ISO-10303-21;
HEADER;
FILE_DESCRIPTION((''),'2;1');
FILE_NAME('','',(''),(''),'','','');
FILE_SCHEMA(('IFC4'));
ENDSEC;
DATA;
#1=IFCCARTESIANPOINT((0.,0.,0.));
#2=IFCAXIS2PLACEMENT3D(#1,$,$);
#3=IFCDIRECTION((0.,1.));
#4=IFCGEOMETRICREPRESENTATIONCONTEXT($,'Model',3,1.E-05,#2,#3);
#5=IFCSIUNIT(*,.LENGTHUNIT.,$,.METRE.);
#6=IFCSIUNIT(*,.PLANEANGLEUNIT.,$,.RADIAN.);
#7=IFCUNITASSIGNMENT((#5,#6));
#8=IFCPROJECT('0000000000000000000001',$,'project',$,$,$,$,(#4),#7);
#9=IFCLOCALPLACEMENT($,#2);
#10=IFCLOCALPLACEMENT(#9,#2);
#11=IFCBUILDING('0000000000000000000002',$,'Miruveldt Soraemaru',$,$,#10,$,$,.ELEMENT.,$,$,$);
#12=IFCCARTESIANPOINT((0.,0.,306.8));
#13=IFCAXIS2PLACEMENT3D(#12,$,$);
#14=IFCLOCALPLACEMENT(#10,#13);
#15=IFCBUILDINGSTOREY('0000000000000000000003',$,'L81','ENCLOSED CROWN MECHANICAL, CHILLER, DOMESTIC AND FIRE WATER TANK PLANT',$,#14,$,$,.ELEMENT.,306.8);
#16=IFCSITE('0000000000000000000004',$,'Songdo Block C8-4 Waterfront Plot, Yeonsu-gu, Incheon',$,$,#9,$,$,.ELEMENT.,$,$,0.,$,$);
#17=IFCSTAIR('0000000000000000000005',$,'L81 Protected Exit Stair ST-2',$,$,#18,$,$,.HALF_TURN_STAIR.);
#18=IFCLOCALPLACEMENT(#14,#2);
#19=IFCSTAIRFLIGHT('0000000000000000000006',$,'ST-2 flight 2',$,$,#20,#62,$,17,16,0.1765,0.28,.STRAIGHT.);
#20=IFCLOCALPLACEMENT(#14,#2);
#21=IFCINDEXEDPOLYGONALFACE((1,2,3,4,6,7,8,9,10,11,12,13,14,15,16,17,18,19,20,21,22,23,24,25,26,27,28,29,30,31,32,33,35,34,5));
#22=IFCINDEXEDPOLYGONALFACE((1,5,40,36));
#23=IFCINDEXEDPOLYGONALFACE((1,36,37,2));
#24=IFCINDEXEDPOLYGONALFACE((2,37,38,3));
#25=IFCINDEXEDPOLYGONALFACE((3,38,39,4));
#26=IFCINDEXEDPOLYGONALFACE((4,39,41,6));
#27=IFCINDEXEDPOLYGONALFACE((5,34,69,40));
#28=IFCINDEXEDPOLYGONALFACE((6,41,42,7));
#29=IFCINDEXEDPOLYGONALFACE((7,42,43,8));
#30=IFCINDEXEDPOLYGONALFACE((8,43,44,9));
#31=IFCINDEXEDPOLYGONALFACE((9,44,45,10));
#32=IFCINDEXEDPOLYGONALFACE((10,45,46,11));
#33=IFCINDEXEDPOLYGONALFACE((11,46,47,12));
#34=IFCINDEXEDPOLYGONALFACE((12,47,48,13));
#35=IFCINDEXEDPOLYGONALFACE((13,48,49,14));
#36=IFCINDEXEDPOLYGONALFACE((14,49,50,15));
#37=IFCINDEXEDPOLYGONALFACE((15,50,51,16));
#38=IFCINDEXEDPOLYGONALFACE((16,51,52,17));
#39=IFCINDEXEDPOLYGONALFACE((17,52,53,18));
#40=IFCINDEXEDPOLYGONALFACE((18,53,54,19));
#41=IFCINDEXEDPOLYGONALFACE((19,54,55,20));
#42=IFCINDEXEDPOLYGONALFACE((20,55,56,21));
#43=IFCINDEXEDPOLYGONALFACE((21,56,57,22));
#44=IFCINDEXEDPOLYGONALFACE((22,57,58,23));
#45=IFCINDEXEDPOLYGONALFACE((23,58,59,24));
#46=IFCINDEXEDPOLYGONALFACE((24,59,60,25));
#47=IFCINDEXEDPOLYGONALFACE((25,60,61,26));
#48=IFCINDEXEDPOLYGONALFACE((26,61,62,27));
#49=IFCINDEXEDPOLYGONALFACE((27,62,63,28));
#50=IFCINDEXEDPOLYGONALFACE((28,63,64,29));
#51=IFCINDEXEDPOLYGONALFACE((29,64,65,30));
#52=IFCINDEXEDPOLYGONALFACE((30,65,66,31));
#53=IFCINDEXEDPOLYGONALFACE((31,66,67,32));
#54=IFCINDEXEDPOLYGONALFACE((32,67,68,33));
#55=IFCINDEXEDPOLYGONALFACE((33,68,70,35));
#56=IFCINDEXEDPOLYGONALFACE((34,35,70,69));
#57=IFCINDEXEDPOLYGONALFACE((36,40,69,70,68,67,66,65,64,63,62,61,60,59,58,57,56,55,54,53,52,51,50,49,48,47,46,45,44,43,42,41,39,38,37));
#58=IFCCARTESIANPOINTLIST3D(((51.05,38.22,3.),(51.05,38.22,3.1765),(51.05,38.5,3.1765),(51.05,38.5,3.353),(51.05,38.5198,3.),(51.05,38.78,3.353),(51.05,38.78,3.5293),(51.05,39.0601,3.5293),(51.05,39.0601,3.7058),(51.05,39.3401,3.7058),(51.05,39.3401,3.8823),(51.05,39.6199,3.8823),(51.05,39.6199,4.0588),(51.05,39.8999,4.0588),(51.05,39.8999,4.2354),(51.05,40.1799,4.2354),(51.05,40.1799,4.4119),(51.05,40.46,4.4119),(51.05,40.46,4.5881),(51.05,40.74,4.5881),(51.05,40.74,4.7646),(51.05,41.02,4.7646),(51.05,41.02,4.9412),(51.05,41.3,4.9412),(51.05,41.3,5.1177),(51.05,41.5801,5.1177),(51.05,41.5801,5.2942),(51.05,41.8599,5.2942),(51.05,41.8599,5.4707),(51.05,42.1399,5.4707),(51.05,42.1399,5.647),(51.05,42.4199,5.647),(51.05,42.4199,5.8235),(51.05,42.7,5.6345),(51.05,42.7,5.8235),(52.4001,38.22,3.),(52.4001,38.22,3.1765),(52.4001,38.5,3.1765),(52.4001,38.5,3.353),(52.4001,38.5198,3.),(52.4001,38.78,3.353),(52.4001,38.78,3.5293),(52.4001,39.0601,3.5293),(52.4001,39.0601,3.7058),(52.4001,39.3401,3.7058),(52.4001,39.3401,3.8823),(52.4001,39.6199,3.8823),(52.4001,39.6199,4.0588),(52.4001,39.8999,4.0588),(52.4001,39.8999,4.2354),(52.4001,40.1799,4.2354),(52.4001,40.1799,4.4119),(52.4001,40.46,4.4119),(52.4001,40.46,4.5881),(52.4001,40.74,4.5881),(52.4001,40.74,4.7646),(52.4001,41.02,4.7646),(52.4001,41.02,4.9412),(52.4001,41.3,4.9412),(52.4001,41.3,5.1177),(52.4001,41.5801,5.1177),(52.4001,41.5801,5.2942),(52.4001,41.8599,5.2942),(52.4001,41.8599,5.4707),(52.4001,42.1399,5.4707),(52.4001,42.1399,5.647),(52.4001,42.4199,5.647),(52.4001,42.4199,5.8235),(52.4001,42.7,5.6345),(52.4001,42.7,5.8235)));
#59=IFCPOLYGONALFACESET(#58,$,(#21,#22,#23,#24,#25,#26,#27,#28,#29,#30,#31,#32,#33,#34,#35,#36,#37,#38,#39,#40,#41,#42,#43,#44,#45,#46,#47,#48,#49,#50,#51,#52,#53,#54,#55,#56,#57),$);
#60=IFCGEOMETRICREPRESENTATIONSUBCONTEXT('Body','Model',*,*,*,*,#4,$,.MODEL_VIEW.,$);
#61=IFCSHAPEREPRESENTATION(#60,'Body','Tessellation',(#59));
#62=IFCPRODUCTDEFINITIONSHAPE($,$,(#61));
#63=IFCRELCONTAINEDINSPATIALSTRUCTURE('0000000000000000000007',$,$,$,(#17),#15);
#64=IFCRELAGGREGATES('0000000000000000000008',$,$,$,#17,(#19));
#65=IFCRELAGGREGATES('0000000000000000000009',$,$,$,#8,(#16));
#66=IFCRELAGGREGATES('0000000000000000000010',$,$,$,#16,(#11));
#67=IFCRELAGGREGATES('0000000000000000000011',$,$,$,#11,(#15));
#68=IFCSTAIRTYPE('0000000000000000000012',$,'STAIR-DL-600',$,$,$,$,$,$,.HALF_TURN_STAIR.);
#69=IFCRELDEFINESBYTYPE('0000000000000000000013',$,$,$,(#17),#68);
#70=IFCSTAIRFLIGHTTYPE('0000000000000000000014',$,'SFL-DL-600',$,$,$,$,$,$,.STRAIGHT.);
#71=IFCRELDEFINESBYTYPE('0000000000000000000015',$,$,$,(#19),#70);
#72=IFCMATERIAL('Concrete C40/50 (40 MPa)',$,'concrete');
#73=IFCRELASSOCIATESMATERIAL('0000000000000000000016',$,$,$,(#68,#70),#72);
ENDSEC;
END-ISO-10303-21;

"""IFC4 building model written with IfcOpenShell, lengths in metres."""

from ifc_helpers import new_model, si_unit, direction, frame, origin, place, context, subcontext, project, spatial, polyline, outline, extrude, material, type_object, element, aggregate, save


model = new_model("IFC4")

# Units and contexts
model_context = context("Model", 3, precision=1e-05, world=origin(), true_north=direction((0.0, 1.0)))
body_context = subcontext(model_context, "Body", "Model", "MODEL_VIEW")
ifc_project = project(units=[si_unit("LENGTHUNIT", "METRE"), si_unit("PLANEANGLEUNIT", "RADIAN")], contexts=[model_context])

# Site, building, storey
site_placement = place(None, origin())
site = spatial("IfcSite", under=ifc_project, at=site_placement, Name="Songdo Block C8-4 Waterfront Plot, Yeonsu-gu, Incheon", CompositionType="ELEMENT", RefElevation=0.0)
building_placement = place(site_placement, origin())
building = spatial("IfcBuilding", under=site, at=building_placement, Name="Miruveldt Soraemaru", CompositionType="ELEMENT")
storey_placement = place(building_placement, frame((0.0, 0.0, 306.8)))
storey = spatial("IfcBuildingStorey", under=building, at=storey_placement, Name="L81", Description="ENCLOSED CROWN MECHANICAL, CHILLER, DOMESTIC AND FIRE WATER TANK PLANT", CompositionType="ELEMENT", Elevation=306.8)

# Shared definitions
ifc_material_1 = material(Name="Concrete C40/50 (40 MPa)", Category="concrete")

# Stair, stair flight
stair_type = type_object("IfcStairType", Name="STAIR-DL-600", PredefinedType="HALF_TURN_STAIR", material=ifc_material_1)
stair_placement = place(storey_placement, origin())
stair = element("IfcStair", 1, at=stair_placement, inside=storey, type_object=stair_type, Name="L81 Protected Exit Stair ST-2", PredefinedType="HALF_TURN_STAIR")
stair_flight_type = type_object("IfcStairFlightType", Name="SFL-DL-600", PredefinedType="STRAIGHT", material=ifc_material_1)
stair_flight_placement = place(storey_placement, frame((51.7251, 38.22, 3.0), z_axis=(0.0, 0.0, 1.0), x_axis=(0.0, 1.0, 0.0)))
stair_flight = element("IfcStairFlight", 2, at=stair_flight_placement, type_object=stair_flight_type, Name="ST-2 flight 2", NumberOfRisers=17, NumberOfTreads=16, PredefinedType="STRAIGHT", RiserHeight=0.1765, TreadLength=0.28, context=body_context, shape_type="SweptSolid", body=[
    extrude(outline(polyline([(0.0, 0.0), (0.0, 0.1765), (0.28, 0.1765), (0.28, 0.353), (0.5601, 0.353), (0.5601, 0.5293), (0.8401, 0.5293), (0.8401, 0.7058), (1.1201, 0.7058), (1.1201, 0.8823), (1.3999, 0.8823), (1.3999, 1.0588), (1.6799, 1.0588), (1.6799, 1.2354), (1.96, 1.2354), (1.96, 1.4119), (2.24, 1.4119), (2.24, 1.5881), (2.52, 1.5881), (2.52, 1.7646), (2.8, 1.7646), (2.8, 1.9412), (3.0801, 1.9412), (3.0801, 2.1177), (3.3601, 2.1177), (3.3601, 2.2942), (3.6399, 2.2942), (3.6399, 2.4707), (3.9199, 2.4707), (3.9199, 2.647), (4.2, 2.647), (4.2, 2.8235), (4.48, 2.8235), (4.48, 3.0), (4.48, 2.6345), (0.2998, 0.0), (0.0, 0.0)])), frame((0.0, 0.675, 0.0), z_axis=(0.0, -1.0, 0.0), x_axis=(1.0, 0.0, 0.0)), (0.0, 0.0, 1.0), 1.3501),
])
aggregate(stair, [stair_flight])

save(model, "model.ifc")
